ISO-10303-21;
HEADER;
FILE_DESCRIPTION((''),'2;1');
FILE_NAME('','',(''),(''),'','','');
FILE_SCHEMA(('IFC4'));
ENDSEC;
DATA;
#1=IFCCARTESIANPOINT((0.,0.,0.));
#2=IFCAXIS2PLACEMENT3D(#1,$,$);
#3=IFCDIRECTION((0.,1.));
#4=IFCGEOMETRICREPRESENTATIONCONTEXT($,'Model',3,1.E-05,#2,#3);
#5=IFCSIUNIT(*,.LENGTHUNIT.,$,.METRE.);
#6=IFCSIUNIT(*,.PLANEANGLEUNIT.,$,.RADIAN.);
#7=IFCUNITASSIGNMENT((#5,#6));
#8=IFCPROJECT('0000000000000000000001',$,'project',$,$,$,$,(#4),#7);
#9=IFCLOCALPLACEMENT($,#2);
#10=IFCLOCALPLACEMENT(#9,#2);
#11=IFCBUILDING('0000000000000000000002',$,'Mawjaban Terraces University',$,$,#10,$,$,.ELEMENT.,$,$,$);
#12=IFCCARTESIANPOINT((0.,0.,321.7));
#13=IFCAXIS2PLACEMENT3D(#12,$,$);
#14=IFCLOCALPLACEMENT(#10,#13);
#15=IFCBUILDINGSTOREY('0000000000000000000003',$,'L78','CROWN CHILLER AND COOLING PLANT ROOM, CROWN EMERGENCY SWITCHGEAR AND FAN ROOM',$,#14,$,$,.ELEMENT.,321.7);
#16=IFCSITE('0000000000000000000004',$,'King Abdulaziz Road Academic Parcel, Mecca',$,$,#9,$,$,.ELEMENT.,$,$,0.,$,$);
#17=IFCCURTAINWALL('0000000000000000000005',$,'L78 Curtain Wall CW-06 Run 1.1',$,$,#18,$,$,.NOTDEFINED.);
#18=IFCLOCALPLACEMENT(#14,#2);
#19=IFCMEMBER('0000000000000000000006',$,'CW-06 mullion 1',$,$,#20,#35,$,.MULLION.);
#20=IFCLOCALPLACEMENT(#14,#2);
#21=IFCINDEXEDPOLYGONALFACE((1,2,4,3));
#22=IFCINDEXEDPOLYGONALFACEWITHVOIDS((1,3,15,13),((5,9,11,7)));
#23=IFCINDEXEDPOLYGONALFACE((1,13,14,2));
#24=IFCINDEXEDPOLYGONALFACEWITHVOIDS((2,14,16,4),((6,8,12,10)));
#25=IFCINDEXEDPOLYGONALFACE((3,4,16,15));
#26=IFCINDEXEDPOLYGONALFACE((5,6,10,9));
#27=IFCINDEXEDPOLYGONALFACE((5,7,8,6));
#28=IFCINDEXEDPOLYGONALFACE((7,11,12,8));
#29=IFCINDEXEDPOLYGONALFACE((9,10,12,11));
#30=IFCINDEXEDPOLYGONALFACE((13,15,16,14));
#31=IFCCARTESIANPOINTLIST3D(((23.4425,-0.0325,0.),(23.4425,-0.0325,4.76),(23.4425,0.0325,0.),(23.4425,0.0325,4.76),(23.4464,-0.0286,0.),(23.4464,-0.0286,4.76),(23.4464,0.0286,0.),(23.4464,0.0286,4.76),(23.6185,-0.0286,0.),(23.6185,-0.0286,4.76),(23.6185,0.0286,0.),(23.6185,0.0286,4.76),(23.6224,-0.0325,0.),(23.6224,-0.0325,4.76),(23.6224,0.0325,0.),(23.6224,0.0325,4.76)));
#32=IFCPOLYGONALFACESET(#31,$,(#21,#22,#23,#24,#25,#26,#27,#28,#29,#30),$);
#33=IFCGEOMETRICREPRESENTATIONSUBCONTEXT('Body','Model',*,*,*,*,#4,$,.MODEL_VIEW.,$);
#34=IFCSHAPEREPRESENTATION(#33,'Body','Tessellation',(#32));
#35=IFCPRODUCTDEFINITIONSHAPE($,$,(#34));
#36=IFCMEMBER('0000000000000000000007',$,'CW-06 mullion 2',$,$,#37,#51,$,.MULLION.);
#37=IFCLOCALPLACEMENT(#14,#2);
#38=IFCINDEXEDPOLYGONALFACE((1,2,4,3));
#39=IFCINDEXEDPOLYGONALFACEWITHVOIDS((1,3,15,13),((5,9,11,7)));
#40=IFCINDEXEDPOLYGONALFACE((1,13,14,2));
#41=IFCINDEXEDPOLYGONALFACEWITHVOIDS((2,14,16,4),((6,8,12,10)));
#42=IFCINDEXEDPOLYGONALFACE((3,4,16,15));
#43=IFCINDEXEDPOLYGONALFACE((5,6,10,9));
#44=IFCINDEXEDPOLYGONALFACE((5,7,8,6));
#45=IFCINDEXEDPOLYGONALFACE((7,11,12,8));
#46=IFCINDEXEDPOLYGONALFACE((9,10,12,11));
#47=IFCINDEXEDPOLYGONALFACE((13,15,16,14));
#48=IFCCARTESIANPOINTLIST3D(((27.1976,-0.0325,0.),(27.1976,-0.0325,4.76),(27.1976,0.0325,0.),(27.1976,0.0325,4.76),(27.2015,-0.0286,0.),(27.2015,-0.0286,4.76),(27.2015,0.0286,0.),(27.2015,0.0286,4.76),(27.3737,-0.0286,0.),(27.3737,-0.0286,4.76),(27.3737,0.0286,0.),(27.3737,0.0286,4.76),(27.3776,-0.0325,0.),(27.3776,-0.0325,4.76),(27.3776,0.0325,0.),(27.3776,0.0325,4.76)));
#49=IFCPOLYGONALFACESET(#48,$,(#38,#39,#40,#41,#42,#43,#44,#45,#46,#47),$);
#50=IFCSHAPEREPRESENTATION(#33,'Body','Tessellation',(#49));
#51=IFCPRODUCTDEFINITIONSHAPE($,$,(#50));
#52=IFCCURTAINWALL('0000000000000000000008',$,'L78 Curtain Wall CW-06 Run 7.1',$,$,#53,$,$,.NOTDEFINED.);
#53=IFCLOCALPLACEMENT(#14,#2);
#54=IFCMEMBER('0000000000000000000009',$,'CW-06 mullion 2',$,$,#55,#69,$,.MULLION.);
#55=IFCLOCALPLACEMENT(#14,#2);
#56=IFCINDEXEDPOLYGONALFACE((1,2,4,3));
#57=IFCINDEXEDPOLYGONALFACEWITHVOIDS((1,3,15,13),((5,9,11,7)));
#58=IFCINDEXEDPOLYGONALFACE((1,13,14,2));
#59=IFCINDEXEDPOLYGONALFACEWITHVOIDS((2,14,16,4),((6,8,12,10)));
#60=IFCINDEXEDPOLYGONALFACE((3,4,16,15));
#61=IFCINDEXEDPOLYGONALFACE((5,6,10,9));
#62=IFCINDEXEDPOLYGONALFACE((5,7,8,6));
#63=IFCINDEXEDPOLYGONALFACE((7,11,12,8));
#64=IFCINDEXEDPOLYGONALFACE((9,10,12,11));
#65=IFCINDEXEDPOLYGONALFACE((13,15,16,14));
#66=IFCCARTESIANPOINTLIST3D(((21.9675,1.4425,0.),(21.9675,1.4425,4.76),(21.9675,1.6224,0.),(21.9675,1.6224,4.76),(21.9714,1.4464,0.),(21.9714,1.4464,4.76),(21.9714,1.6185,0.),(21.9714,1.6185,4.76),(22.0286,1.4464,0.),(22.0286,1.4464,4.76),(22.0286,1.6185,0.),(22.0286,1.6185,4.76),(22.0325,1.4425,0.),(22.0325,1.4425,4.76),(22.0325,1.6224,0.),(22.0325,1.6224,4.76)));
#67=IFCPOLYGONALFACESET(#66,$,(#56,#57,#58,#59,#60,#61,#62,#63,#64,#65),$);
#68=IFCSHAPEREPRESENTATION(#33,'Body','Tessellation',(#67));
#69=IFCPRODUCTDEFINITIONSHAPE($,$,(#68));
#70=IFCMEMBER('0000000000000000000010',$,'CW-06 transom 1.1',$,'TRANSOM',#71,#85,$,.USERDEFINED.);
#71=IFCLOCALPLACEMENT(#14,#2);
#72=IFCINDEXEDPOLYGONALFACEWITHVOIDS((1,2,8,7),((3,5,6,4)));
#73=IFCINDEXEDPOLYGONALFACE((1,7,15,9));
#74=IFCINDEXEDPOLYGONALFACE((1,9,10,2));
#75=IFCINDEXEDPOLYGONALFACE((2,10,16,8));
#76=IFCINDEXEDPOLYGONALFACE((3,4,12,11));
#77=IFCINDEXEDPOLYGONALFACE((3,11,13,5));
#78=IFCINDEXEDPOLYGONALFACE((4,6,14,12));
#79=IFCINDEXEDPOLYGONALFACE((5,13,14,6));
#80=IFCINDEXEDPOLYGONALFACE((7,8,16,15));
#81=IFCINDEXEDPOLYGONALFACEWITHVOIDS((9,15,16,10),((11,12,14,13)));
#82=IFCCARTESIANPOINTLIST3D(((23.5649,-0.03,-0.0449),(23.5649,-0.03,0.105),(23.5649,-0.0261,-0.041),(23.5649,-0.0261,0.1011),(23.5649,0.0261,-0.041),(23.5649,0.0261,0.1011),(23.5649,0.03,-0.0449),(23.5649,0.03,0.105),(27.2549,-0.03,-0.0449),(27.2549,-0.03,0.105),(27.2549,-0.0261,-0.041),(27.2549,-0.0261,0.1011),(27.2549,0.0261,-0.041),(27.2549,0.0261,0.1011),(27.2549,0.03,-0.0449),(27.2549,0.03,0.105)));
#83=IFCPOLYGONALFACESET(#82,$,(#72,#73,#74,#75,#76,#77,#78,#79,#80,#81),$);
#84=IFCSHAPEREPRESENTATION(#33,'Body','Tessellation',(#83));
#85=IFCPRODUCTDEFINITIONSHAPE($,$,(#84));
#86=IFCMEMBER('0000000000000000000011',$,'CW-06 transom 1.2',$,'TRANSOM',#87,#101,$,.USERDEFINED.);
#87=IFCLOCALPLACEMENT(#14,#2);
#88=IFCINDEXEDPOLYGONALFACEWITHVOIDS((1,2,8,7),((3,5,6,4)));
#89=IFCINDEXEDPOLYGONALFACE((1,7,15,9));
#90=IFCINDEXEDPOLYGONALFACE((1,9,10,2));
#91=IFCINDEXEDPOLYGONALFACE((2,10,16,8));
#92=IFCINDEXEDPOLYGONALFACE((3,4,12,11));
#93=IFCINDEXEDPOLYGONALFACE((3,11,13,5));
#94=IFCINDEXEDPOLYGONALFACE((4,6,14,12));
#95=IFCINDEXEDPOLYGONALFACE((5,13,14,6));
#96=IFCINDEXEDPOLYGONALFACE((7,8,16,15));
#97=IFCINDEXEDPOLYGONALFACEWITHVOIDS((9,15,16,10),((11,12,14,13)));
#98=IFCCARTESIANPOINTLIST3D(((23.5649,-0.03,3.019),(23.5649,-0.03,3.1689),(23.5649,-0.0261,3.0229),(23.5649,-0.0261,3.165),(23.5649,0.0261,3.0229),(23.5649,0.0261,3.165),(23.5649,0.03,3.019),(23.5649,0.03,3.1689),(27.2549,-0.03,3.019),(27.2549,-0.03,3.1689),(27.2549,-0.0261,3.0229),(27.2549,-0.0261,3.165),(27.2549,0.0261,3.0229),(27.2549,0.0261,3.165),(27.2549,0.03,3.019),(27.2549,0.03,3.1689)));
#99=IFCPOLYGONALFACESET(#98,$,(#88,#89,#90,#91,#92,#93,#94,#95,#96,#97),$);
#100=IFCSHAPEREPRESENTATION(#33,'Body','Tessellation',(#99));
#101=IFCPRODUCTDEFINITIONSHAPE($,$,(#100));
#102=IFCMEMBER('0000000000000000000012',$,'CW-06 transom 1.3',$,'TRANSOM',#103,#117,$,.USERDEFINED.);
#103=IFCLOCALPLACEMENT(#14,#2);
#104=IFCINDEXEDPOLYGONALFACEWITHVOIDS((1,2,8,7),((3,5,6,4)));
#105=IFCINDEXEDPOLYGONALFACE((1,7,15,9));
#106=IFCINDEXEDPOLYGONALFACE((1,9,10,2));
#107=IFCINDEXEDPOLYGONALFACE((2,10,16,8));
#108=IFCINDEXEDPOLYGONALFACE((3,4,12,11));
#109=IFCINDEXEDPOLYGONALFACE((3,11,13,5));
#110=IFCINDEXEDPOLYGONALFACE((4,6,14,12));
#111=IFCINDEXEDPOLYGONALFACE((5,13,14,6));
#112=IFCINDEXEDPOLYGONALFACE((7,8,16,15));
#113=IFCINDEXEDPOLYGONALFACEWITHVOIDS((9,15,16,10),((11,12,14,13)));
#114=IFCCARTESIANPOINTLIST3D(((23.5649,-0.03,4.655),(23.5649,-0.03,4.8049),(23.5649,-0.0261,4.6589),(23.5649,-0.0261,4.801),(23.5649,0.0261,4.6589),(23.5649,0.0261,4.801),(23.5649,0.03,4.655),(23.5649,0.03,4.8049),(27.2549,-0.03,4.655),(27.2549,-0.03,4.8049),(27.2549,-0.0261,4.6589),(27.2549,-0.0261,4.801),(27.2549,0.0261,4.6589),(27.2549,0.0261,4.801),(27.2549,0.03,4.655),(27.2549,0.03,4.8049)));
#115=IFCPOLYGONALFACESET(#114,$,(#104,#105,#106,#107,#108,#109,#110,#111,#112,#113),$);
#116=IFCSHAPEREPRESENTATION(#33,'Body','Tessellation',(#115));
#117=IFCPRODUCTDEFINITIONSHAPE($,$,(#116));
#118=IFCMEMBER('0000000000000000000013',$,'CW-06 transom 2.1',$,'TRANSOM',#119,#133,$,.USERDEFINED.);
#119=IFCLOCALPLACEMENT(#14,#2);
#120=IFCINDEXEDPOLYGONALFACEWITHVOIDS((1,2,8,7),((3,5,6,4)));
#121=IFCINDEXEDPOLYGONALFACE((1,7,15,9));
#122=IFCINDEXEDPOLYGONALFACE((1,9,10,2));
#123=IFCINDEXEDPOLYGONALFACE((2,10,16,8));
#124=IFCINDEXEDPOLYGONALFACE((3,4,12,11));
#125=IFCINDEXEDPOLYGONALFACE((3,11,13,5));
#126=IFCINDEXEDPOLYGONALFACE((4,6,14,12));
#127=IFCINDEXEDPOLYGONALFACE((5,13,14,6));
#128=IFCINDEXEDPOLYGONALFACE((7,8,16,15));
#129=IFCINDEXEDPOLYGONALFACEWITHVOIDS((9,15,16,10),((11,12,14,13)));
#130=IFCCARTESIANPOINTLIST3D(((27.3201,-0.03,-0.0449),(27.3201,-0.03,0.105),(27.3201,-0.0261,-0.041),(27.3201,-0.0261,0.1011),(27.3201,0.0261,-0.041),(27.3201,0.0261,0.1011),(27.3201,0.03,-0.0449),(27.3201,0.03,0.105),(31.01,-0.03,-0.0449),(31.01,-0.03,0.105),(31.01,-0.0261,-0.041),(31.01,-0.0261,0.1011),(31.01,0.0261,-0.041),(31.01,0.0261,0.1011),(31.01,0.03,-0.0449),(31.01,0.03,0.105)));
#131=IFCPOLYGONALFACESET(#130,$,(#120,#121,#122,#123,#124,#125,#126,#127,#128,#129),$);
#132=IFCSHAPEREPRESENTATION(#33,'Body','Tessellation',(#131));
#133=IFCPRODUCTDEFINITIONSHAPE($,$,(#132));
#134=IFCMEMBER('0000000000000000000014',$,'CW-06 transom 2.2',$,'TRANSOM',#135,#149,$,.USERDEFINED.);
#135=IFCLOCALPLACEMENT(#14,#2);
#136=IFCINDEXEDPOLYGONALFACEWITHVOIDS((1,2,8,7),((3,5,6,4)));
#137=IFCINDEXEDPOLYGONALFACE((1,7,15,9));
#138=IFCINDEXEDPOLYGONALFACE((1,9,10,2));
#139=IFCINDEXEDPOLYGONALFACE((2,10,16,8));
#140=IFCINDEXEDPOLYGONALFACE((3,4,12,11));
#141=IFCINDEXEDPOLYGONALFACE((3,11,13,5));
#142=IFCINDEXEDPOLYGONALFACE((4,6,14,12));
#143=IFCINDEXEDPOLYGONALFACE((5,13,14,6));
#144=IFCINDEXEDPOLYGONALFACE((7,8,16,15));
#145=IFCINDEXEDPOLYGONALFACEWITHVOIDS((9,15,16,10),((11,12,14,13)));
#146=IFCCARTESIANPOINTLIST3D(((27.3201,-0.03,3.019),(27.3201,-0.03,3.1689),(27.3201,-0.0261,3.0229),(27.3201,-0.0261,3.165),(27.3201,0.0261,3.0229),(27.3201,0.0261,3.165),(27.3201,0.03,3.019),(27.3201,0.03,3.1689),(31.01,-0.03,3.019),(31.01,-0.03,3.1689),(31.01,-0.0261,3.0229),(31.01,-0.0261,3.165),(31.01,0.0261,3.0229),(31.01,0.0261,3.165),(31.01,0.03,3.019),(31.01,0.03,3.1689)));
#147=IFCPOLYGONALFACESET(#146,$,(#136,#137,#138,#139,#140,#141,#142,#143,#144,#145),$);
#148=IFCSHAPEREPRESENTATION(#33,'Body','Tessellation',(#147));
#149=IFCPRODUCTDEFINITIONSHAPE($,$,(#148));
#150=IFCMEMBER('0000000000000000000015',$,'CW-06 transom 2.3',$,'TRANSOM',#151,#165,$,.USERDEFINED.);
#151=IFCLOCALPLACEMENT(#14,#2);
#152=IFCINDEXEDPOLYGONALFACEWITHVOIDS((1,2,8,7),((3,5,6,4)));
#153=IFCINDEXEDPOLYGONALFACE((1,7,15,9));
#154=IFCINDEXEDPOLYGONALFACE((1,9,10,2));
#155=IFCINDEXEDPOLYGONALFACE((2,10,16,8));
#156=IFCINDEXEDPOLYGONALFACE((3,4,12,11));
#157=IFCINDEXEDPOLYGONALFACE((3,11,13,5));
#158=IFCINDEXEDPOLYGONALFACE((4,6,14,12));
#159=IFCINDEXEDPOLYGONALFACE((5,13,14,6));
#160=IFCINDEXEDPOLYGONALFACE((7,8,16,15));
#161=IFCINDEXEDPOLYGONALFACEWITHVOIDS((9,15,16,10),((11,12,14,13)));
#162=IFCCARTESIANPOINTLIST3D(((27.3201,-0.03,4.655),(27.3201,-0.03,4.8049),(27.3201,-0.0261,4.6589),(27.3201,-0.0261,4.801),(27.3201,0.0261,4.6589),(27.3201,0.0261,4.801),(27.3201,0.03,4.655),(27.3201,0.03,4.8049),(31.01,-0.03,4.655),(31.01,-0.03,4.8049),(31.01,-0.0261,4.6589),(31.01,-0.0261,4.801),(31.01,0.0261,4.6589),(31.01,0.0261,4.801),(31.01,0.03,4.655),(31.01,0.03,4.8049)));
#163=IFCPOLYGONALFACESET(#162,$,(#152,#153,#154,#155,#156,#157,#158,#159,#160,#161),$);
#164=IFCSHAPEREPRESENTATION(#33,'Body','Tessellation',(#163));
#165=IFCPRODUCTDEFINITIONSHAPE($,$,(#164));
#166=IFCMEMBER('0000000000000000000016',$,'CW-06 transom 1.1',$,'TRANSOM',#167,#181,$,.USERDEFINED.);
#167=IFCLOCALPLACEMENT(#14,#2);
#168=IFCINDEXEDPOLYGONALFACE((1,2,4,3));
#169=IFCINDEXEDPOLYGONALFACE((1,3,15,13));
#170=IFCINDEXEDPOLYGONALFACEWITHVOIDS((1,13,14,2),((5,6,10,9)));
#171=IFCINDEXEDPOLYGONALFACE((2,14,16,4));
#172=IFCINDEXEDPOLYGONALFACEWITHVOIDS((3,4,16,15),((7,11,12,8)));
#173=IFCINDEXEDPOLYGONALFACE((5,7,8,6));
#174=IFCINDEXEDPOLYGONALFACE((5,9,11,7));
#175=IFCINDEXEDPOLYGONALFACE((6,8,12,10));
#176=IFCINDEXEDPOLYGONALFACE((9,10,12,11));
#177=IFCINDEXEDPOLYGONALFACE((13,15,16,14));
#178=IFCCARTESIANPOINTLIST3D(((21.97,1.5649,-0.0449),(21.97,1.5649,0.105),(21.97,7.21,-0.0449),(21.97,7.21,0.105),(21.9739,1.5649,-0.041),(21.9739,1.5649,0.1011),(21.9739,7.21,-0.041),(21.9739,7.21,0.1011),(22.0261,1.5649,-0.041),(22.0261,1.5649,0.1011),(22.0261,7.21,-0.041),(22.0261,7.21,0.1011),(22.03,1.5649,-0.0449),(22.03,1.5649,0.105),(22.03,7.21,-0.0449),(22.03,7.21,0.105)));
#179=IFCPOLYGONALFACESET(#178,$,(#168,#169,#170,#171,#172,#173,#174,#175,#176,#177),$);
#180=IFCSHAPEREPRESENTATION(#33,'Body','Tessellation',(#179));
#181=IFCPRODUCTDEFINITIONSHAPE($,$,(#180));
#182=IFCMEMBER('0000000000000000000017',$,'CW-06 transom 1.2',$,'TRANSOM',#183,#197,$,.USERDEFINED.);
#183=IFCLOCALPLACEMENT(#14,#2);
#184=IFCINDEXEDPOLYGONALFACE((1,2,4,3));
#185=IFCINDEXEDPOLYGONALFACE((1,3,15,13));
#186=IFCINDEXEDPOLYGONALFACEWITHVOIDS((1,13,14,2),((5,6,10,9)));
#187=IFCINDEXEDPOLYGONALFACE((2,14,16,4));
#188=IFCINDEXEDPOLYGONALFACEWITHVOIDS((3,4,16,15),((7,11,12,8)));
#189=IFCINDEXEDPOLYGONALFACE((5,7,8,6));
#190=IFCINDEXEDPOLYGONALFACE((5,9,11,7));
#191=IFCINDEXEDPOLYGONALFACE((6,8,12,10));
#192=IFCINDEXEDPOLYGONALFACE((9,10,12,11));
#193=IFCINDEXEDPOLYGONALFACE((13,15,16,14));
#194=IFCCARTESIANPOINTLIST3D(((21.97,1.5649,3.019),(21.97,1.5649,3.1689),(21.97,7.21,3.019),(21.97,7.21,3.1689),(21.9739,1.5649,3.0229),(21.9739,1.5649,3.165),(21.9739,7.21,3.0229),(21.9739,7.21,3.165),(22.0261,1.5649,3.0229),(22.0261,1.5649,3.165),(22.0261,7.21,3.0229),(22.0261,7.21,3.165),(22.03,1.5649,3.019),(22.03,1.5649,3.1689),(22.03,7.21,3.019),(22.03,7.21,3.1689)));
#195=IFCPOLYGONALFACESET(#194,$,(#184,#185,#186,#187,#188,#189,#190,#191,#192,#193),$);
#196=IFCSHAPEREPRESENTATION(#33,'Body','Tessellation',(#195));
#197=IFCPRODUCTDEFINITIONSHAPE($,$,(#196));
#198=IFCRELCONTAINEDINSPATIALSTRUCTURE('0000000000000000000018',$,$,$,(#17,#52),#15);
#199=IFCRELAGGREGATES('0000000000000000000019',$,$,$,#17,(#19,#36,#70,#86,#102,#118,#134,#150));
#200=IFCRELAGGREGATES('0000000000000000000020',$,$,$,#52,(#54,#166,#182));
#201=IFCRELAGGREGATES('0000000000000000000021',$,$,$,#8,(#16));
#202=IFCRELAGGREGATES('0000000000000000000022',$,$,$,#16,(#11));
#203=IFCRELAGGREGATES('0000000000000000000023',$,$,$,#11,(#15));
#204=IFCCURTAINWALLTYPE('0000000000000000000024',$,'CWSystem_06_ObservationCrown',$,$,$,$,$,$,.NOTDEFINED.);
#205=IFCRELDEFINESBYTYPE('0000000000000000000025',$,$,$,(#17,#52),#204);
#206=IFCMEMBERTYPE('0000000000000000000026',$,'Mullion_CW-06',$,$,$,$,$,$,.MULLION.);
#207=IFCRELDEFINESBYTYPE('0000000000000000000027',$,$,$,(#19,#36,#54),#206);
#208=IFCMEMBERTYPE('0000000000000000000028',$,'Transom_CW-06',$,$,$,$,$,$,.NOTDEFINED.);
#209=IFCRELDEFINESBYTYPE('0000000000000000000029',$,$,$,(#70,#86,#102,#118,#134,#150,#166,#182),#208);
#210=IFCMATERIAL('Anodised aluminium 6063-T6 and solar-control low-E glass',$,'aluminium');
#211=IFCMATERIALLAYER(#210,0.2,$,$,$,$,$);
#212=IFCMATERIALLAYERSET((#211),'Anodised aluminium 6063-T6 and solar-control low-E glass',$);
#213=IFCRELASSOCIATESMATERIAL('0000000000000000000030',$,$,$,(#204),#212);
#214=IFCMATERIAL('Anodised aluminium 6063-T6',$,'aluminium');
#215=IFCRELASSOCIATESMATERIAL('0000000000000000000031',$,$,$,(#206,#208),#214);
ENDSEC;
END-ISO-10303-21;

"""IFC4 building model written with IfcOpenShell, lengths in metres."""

from ifc_helpers import new_model, si_unit, direction, frame, origin, origin_2d, place, context, subcontext, project, spatial, hollow_rectangle, extrude, material, layer, layer_set, material_profile, profile_set, type_object, element, aggregate, save


model = new_model("IFC4")

# Units and contexts
model_context = context("Model", 3, precision=1e-05, world=origin(), true_north=direction((0.0, 1.0)))
body_context = subcontext(model_context, "Body", "Model", "MODEL_VIEW")
ifc_project = project(units=[si_unit("LENGTHUNIT", "METRE"), si_unit("PLANEANGLEUNIT", "RADIAN")], contexts=[model_context])

# Site, building, storey
site_placement = place(None, origin())
site = spatial("IfcSite", under=ifc_project, at=site_placement, Name="King Abdulaziz Road Academic Parcel, Mecca", CompositionType="ELEMENT", RefElevation=0.0)
building_placement = place(site_placement, origin())
building = spatial("IfcBuilding", under=site, at=building_placement, Name="Mawjaban Terraces University", CompositionType="ELEMENT")
storey_placement = place(building_placement, frame((0.0, 0.0, 321.7)))
storey = spatial("IfcBuildingStorey", under=building, at=storey_placement, Name="L78", Description="CROWN CHILLER AND COOLING PLANT ROOM, CROWN EMERGENCY SWITCHGEAR AND FAN ROOM", CompositionType="ELEMENT", Elevation=321.7)

# Curtain wall, members
ifc_material_1 = material(Name="Anodised aluminium 6063-T6 and solar-control low-E glass", Category="aluminium")
ifc_layer_1 = layer(ifc_material_1, 0.2)
ifc_layer_set_1 = layer_set([ifc_layer_1], Name="Anodised aluminium 6063-T6 and solar-control low-E glass")
curtain_wall_type = type_object("IfcCurtainWallType", Name="CWSystem_06_ObservationCrown", PredefinedType="NOTDEFINED", material=ifc_layer_set_1)
curtain_wall_1_placement = place(storey_placement, origin())
curtain_wall_1 = element("IfcCurtainWall", 1, at=curtain_wall_1_placement, inside=storey, type_object=curtain_wall_type, Name="L78 Curtain Wall CW-06 Run 1.1", PredefinedType="NOTDEFINED")
ifc_material_2 = material(Name="Anodised aluminium 6063-T6", Category="aluminium")
ifc_material_profile_1 = material_profile(ifc_material_2, hollow_rectangle(XDim=0.0649, YDim=0.1799, WallThickness=0.0039, at=origin_2d()), Name="ALU180X65X4")
ifc_profile_set_1 = profile_set([ifc_material_profile_1], Name="Anodised aluminium 6063-T6")
member_type_1 = type_object("IfcMemberType", Name="Mullion_CW-06", PredefinedType="MULLION", material=ifc_profile_set_1)
member_1_placement = place(storey_placement, frame((23.5325, 0.0, 0.0), z_axis=(0.0, 0.0, 1.0), x_axis=(0.0, 1.0, 0.0)))
member_1 = element("IfcMember", 2, at=member_1_placement, type_object=member_type_1, Name="CW-06 mullion 1", PredefinedType="MULLION", context=body_context, shape_type="SweptSolid", body=[
    extrude(hollow_rectangle(XDim=0.0649, YDim=0.1799, WallThickness=0.0039, at=origin_2d()), origin(), (0.0, 0.0, 1.0), 4.76),
])
member_2_placement = place(storey_placement, frame((27.2876, 0.0, 0.0), z_axis=(0.0, 0.0, 1.0), x_axis=(0.0, 1.0, 0.0)))
member_2 = element("IfcMember", 3, at=member_2_placement, type_object=member_type_1, Name="CW-06 mullion 2", PredefinedType="MULLION", context=body_context, shape_type="SweptSolid", body=[
    extrude(hollow_rectangle(XDim=0.0649, YDim=0.1799, WallThickness=0.0039, at=origin_2d()), origin(), (0.0, 0.0, 1.0), 4.76),
])

# Curtain wall, member
curtain_wall_2_placement = place(storey_placement, origin())
curtain_wall_2 = element("IfcCurtainWall", 4, at=curtain_wall_2_placement, inside=storey, type_object=curtain_wall_type, Name="L78 Curtain Wall CW-06 Run 7.1", PredefinedType="NOTDEFINED")
member_3_placement = place(storey_placement, frame((22.0, 1.5325, 0.0), z_axis=(0.0, 0.0, 1.0), x_axis=(1.0, 0.0, 0.0)))
member_3 = element("IfcMember", 5, at=member_3_placement, type_object=member_type_1, Name="CW-06 mullion 2", PredefinedType="MULLION", context=body_context, shape_type="SweptSolid", body=[
    extrude(hollow_rectangle(XDim=0.0649, YDim=0.1799, WallThickness=0.0039, at=origin_2d()), origin(), (0.0, 0.0, 1.0), 4.76),
])

# Members
ifc_material_profile_2 = material_profile(ifc_material_2, hollow_rectangle(XDim=0.0601, YDim=0.1499, WallThickness=0.0039, at=origin_2d()), Name="ALU150X60X4")
ifc_profile_set_2 = profile_set([ifc_material_profile_2], Name="Anodised aluminium 6063-T6")
member_type_2 = type_object("IfcMemberType", Name="Transom_CW-06", PredefinedType="NOTDEFINED", material=ifc_profile_set_2)
member_4_placement = place(storey_placement, frame((23.5649, 0.0, 0.03), z_axis=(1.0, 0.0, 0.0), x_axis=(0.0, 1.0, 0.0)))
member_4 = element("IfcMember", 6, at=member_4_placement, type_object=member_type_2, Name="CW-06 transom 1.1", ObjectType="TRANSOM", PredefinedType="USERDEFINED", context=body_context, shape_type="SweptSolid", body=[
    extrude(hollow_rectangle(XDim=0.0601, YDim=0.1499, WallThickness=0.0039, at=origin_2d()), origin(), (0.0, 0.0, 1.0), 3.6899),
])
member_5_placement = place(storey_placement, frame((23.5649, 0.0, 3.094), z_axis=(1.0, 0.0, 0.0), x_axis=(0.0, 1.0, 0.0)))
member_5 = element("IfcMember", 7, at=member_5_placement, type_object=member_type_2, Name="CW-06 transom 1.2", ObjectType="TRANSOM", PredefinedType="USERDEFINED", context=body_context, shape_type="SweptSolid", body=[
    extrude(hollow_rectangle(XDim=0.0601, YDim=0.1499, WallThickness=0.0039, at=origin_2d()), origin(), (0.0, 0.0, 1.0), 3.6899),
])
member_6_placement = place(storey_placement, frame((23.5649, 0.0, 4.73), z_axis=(1.0, 0.0, 0.0), x_axis=(0.0, 1.0, 0.0)))
member_6 = element("IfcMember", 8, at=member_6_placement, type_object=member_type_2, Name="CW-06 transom 1.3", ObjectType="TRANSOM", PredefinedType="USERDEFINED", context=body_context, shape_type="SweptSolid", body=[
    extrude(hollow_rectangle(XDim=0.0601, YDim=0.1499, WallThickness=0.0039, at=origin_2d()), origin(), (0.0, 0.0, 1.0), 3.6899),
])
member_7_placement = place(storey_placement, frame((27.3201, 0.0, 0.03), z_axis=(1.0, 0.0, 0.0), x_axis=(0.0, 1.0, 0.0)))
member_7 = element("IfcMember", 9, at=member_7_placement, type_object=member_type_2, Name="CW-06 transom 2.1", ObjectType="TRANSOM", PredefinedType="USERDEFINED", context=body_context, shape_type="SweptSolid", body=[
    extrude(hollow_rectangle(XDim=0.0601, YDim=0.1499, WallThickness=0.0039, at=origin_2d()), origin(), (0.0, 0.0, 1.0), 3.6899),
])
member_8_placement = place(storey_placement, frame((27.3201, 0.0, 3.094), z_axis=(1.0, 0.0, 0.0), x_axis=(0.0, 1.0, 0.0)))
member_8 = element("IfcMember", 10, at=member_8_placement, type_object=member_type_2, Name="CW-06 transom 2.2", ObjectType="TRANSOM", PredefinedType="USERDEFINED", context=body_context, shape_type="SweptSolid", body=[
    extrude(hollow_rectangle(XDim=0.0601, YDim=0.1499, WallThickness=0.0039, at=origin_2d()), origin(), (0.0, 0.0, 1.0), 3.6899),
])
member_9_placement = place(storey_placement, frame((27.3201, 0.0, 4.73), z_axis=(1.0, 0.0, 0.0), x_axis=(0.0, 1.0, 0.0)))
member_9 = element("IfcMember", 11, at=member_9_placement, type_object=member_type_2, Name="CW-06 transom 2.3", ObjectType="TRANSOM", PredefinedType="USERDEFINED", context=body_context, shape_type="SweptSolid", body=[
    extrude(hollow_rectangle(XDim=0.0601, YDim=0.1499, WallThickness=0.0039, at=origin_2d()), origin(), (0.0, 0.0, 1.0), 3.6899),
])
member_10_placement = place(storey_placement, frame((22.0, 7.21, 0.03), z_axis=(0.0, -1.0, 0.0), x_axis=(1.0, 0.0, 0.0)))
member_10 = element("IfcMember", 12, at=member_10_placement, type_object=member_type_2, Name="CW-06 transom 1.1", ObjectType="TRANSOM", PredefinedType="USERDEFINED", context=body_context, shape_type="SweptSolid", body=[
    extrude(hollow_rectangle(XDim=0.0601, YDim=0.1499, WallThickness=0.0039, at=origin_2d()), origin(), (0.0, 0.0, 1.0), 5.645),
])
member_11_placement = place(storey_placement, frame((22.0, 7.21, 3.094), z_axis=(0.0, -1.0, 0.0), x_axis=(1.0, 0.0, 0.0)))
member_11 = element("IfcMember", 13, at=member_11_placement, type_object=member_type_2, Name="CW-06 transom 1.2", ObjectType="TRANSOM", PredefinedType="USERDEFINED", context=body_context, shape_type="SweptSolid", body=[
    extrude(hollow_rectangle(XDim=0.0601, YDim=0.1499, WallThickness=0.0039, at=origin_2d()), origin(), (0.0, 0.0, 1.0), 5.645),
])

aggregate(curtain_wall_1, [member_1, member_2, member_4, member_5, member_6, member_7, member_8, member_9])
aggregate(curtain_wall_2, [member_3, member_10, member_11])

save(model, "model.ifc")
